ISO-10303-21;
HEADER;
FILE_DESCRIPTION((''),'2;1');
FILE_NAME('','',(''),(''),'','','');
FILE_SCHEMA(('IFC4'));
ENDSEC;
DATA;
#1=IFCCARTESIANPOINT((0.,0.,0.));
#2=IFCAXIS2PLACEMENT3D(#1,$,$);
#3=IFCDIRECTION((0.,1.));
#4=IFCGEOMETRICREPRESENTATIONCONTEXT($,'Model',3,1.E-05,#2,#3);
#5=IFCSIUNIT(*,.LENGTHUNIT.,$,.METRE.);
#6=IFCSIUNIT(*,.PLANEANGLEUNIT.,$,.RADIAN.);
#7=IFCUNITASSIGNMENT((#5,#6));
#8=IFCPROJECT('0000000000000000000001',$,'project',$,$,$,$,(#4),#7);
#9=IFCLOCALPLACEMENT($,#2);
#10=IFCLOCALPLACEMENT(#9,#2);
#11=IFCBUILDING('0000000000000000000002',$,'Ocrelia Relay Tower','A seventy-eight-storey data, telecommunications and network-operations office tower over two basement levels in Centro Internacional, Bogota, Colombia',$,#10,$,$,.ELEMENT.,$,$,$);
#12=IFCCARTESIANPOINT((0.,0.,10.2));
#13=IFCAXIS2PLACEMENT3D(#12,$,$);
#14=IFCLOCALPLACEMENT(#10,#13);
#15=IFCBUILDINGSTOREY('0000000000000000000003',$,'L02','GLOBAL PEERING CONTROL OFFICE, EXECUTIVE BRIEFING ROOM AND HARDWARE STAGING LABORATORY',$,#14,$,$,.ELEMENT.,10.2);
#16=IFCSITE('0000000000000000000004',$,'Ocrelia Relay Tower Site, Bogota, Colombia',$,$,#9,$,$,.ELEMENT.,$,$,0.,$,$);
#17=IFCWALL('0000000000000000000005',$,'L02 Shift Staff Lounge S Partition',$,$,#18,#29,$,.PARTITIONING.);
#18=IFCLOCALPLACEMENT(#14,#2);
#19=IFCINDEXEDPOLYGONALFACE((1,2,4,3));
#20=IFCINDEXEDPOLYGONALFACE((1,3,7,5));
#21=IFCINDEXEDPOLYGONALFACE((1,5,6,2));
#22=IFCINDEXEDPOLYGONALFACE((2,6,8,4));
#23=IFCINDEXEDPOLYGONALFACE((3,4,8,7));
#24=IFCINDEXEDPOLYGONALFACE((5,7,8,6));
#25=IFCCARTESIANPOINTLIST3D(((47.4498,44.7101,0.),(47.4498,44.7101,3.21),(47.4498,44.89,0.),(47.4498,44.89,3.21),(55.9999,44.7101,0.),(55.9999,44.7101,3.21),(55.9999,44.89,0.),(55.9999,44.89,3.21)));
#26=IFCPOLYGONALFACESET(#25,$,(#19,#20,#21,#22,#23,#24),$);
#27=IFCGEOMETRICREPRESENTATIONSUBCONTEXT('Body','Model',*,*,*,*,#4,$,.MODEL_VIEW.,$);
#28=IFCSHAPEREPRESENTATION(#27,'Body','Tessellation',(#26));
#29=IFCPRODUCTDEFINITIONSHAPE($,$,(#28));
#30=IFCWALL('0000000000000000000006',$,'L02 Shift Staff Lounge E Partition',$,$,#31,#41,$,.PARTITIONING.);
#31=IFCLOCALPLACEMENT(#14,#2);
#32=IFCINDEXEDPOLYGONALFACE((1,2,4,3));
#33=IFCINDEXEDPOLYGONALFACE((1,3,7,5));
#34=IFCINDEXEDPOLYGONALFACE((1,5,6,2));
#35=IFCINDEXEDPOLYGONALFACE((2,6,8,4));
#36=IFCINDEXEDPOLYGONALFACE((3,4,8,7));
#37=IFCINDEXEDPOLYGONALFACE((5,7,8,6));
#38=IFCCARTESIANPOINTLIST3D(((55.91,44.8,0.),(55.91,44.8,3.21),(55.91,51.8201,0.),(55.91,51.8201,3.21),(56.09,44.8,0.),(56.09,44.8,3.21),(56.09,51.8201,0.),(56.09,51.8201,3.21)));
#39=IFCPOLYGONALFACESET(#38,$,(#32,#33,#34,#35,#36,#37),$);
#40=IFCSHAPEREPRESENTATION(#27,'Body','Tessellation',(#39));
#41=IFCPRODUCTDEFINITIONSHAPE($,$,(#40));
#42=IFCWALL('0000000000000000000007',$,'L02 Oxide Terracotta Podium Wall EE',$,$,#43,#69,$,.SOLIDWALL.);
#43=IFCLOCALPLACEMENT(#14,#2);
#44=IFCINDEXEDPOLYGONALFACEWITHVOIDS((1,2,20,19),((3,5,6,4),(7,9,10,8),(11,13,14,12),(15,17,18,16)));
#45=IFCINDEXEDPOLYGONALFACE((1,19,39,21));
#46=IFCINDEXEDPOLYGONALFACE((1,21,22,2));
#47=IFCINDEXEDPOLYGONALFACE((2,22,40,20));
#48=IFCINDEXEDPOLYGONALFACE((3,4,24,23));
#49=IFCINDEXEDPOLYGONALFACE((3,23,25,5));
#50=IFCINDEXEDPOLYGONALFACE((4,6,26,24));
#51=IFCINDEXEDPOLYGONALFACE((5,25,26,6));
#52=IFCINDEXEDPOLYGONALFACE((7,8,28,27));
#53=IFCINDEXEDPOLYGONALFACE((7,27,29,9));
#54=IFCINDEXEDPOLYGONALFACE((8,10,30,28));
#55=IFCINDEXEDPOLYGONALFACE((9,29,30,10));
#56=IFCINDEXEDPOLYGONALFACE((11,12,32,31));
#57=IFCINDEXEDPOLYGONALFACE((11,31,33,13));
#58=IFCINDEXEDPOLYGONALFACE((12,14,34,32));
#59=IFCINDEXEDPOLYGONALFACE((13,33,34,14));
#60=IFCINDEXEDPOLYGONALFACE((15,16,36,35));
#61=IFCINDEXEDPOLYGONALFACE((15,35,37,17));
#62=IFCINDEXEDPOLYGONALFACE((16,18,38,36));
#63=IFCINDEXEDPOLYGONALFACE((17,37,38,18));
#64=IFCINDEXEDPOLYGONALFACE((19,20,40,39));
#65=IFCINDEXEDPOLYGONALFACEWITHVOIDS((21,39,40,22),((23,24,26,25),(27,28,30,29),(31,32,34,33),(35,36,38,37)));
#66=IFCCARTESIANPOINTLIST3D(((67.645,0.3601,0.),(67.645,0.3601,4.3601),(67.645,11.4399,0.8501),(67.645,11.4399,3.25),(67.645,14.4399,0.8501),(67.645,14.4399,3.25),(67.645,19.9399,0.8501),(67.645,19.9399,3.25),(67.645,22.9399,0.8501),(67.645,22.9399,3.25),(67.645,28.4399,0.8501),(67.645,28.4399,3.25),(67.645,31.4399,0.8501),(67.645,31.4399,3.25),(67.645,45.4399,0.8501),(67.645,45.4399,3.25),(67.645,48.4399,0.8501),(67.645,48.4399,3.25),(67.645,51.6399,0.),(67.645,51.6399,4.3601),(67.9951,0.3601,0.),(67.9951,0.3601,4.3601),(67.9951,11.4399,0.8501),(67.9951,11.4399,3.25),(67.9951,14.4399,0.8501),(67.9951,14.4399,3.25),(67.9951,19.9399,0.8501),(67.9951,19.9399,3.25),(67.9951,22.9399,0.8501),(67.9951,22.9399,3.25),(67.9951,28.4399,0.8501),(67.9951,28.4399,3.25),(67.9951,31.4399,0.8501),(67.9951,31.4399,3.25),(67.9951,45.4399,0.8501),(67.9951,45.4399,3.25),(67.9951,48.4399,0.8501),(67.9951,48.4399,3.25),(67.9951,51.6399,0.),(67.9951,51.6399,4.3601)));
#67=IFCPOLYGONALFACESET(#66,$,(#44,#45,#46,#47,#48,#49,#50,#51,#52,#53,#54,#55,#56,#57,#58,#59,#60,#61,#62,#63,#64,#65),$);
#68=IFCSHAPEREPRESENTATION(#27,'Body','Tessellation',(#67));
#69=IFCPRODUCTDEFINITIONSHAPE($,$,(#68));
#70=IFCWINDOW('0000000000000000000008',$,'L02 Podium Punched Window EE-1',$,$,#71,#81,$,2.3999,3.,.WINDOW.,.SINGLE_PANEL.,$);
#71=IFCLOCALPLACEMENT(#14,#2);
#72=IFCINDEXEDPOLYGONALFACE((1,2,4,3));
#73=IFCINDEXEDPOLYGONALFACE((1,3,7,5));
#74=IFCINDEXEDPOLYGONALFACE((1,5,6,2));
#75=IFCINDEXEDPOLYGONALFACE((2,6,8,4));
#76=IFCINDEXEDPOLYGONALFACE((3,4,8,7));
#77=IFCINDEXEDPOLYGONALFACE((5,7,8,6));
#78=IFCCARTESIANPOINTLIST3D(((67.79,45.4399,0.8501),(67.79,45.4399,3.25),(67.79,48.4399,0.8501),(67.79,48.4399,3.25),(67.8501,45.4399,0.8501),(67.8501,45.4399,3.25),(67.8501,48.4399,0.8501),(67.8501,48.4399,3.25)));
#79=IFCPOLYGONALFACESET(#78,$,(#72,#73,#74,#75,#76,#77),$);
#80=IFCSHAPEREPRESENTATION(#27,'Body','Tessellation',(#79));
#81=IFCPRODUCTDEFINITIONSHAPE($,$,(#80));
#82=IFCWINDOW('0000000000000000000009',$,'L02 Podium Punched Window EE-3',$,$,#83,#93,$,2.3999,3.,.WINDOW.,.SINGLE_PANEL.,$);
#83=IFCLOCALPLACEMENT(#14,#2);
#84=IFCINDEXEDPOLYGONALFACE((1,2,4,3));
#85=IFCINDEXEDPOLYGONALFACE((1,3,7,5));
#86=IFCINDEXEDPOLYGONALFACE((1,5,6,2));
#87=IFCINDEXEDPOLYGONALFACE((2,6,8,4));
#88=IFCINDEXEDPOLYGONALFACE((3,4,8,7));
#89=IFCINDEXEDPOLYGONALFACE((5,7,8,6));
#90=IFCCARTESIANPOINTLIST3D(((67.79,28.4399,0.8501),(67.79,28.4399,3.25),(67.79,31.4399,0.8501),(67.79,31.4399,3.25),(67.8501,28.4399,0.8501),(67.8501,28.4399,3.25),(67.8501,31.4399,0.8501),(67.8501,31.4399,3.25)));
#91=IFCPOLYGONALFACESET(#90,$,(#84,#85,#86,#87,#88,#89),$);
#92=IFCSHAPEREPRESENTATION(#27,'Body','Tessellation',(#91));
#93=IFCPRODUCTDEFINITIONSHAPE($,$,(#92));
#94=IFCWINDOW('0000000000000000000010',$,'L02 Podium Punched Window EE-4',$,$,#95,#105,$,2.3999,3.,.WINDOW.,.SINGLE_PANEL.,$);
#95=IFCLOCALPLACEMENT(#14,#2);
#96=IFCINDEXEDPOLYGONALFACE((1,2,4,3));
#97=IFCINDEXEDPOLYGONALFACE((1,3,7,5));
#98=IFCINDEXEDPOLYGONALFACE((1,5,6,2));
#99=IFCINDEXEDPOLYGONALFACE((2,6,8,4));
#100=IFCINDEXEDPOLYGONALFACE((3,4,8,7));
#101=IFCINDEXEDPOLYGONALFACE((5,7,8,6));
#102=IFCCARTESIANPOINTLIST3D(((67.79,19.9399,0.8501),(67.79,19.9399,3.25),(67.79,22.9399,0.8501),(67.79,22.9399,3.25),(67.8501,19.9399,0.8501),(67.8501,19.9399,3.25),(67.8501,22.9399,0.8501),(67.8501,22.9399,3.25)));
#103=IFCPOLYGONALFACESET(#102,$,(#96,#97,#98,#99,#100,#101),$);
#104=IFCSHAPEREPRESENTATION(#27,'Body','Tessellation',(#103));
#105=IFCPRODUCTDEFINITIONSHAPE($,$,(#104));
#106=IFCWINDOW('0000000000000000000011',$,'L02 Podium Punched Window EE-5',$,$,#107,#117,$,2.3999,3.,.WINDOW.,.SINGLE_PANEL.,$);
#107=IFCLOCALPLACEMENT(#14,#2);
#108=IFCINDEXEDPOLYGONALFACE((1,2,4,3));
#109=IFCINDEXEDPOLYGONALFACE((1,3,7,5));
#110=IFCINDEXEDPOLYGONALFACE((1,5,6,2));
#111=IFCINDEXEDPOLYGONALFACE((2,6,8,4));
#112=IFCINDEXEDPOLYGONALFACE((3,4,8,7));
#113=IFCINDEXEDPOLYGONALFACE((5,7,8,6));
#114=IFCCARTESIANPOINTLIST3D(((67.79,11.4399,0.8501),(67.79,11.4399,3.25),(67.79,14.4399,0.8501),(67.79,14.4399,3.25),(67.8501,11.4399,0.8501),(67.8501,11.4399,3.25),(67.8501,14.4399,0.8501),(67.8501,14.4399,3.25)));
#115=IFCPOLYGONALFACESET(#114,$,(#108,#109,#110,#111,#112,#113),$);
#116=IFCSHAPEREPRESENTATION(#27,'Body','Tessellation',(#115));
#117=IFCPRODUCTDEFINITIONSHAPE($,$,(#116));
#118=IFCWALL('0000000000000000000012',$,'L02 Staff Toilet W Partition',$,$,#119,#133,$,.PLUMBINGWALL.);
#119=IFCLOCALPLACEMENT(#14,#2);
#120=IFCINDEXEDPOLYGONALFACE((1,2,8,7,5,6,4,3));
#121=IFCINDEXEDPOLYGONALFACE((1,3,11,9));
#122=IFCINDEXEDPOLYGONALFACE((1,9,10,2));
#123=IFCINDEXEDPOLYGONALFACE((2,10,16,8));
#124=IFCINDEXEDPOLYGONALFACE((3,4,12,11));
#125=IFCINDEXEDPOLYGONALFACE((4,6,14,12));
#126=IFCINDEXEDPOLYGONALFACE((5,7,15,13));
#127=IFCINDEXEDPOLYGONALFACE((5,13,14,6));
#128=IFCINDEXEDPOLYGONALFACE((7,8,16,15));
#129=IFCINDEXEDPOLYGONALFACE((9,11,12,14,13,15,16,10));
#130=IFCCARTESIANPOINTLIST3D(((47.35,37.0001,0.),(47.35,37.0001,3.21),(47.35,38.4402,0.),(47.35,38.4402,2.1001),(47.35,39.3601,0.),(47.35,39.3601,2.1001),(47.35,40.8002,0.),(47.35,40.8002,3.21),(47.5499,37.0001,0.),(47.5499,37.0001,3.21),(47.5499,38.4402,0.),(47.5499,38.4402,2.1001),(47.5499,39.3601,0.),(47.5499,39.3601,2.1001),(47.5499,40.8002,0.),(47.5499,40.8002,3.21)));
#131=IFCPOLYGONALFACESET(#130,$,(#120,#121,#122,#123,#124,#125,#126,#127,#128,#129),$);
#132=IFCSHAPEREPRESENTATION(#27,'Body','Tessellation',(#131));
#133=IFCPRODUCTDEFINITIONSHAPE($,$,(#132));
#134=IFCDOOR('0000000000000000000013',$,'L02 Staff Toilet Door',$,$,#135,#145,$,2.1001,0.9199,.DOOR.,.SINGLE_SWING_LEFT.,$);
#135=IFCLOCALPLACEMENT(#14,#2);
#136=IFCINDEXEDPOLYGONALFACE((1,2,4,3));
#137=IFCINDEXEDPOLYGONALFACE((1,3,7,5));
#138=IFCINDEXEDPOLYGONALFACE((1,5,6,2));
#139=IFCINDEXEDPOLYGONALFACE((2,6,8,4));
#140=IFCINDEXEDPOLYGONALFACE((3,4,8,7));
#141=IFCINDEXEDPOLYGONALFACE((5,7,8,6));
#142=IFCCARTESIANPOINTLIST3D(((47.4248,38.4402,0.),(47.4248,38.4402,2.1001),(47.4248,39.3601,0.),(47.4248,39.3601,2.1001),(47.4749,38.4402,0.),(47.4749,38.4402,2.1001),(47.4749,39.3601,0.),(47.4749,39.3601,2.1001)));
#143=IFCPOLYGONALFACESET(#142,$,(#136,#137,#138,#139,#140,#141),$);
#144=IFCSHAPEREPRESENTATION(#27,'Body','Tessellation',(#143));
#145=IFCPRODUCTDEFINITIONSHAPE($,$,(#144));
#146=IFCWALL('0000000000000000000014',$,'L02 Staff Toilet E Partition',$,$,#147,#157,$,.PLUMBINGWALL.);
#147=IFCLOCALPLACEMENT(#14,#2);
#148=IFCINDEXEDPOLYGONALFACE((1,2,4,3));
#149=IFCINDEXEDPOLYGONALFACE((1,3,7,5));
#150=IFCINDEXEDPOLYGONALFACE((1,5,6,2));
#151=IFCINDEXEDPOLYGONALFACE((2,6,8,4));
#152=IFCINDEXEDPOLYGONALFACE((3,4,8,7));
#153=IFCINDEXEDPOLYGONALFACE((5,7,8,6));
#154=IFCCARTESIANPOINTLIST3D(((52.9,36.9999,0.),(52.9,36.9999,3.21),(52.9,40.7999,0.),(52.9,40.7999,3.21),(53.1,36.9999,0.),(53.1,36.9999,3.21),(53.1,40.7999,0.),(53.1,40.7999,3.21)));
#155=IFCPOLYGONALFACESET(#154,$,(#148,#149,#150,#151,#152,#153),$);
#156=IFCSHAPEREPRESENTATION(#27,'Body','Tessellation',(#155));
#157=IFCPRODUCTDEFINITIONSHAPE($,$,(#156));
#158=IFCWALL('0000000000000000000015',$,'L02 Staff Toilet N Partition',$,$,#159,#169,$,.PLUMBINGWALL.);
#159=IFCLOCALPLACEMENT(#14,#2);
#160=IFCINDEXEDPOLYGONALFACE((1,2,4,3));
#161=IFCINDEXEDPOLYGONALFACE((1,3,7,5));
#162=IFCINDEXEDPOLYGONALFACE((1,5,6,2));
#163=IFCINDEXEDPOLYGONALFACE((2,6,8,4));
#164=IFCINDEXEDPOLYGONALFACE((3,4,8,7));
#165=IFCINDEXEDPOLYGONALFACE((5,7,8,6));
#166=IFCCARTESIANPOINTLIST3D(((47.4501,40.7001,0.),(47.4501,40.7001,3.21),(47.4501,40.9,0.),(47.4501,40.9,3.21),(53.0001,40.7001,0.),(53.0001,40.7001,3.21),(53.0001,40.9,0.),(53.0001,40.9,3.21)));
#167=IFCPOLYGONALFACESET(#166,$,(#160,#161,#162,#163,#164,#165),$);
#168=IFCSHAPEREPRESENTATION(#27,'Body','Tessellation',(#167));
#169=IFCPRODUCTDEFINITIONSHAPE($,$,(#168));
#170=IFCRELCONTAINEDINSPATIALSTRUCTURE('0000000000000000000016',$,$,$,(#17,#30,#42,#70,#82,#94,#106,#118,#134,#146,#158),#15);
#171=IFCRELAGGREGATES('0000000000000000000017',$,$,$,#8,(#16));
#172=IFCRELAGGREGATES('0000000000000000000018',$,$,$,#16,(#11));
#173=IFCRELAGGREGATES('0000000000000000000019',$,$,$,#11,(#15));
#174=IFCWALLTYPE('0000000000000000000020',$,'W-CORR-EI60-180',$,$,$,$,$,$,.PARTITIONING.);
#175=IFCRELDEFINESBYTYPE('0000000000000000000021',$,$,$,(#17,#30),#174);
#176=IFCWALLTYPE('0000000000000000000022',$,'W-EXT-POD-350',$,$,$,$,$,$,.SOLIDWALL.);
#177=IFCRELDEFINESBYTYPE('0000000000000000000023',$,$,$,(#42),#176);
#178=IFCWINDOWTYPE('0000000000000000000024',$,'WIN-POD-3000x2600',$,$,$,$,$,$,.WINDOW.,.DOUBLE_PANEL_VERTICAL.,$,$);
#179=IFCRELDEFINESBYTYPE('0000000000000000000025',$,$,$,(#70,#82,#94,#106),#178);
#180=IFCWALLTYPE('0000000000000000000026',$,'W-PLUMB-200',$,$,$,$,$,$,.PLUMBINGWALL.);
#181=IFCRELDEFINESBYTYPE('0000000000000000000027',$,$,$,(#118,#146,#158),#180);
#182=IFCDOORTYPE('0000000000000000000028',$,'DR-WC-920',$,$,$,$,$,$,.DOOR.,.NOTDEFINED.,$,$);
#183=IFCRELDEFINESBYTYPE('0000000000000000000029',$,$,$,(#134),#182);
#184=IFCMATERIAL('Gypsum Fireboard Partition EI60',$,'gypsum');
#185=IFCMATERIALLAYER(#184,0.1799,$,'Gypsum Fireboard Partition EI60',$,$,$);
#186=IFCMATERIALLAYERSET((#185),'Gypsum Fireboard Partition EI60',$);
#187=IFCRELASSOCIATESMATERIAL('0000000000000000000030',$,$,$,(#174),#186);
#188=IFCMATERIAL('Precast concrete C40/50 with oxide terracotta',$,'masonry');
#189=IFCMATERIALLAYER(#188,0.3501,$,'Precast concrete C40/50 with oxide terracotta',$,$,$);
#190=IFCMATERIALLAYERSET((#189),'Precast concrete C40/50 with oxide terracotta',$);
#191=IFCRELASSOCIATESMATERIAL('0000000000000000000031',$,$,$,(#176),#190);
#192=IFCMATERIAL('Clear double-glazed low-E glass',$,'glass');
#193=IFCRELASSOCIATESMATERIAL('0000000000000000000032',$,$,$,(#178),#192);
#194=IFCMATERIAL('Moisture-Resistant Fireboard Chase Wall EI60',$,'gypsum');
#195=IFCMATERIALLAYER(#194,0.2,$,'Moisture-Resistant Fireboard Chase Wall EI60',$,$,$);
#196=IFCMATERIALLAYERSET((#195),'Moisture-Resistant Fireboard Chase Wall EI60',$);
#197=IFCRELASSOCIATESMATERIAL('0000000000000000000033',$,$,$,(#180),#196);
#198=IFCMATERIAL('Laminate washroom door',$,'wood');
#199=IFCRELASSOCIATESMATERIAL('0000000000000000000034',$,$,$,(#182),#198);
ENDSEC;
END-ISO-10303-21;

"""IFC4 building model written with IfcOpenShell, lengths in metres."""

from ifc_helpers import new_model, si_unit, direction, frame, frame_2d, origin, place, context, subcontext, project, spatial, rectangle, extrude, material, layer, layer_set, type_object, element, fill, save


model = new_model("IFC4")

# Units and contexts
model_context = context("Model", 3, precision=1e-05, world=origin(), true_north=direction((0.0, 1.0)))
body_context = subcontext(model_context, "Body", "Model", "MODEL_VIEW")
ifc_project = project(units=[si_unit("LENGTHUNIT", "METRE"), si_unit("PLANEANGLEUNIT", "RADIAN")], contexts=[model_context])

# Site, building, storey
site_placement = place(None, origin())
site = spatial("IfcSite", under=ifc_project, at=site_placement, Name="Ocrelia Relay Tower Site, Bogota, Colombia", CompositionType="ELEMENT", RefElevation=0.0)
building_placement = place(site_placement, origin())
building = spatial("IfcBuilding", under=site, at=building_placement, Name="Ocrelia Relay Tower", Description="A seventy-eight-storey data, telecommunications and network-operations office tower over two basement levels in Centro Internacional, Bogota, Colombia", CompositionType="ELEMENT")
storey_placement = place(building_placement, frame((0.0, 0.0, 10.2)))
storey = spatial("IfcBuildingStorey", under=building, at=storey_placement, Name="L02", Description="GLOBAL PEERING CONTROL OFFICE, EXECUTIVE BRIEFING ROOM AND HARDWARE STAGING LABORATORY", CompositionType="ELEMENT", Elevation=10.2)

# Shared definitions
ifc_material_1 = material(Name="Gypsum Fireboard Partition EI60", Category="gypsum")
ifc_layer_1 = layer(ifc_material_1, 0.1799, Name="Gypsum Fireboard Partition EI60")
ifc_layer_set_1 = layer_set([ifc_layer_1], Name="Gypsum Fireboard Partition EI60")
wall_type_1 = type_object("IfcWallType", Name="W-CORR-EI60-180", PredefinedType="PARTITIONING", material=ifc_layer_set_1)

# Walls
wall_1_placement = place(storey_placement, frame((47.45, 44.8, 0.0), z_axis=(0.0, 0.0, 1.0), x_axis=(1.0, 0.0, 0.0)))
element("IfcWall", 1, at=wall_1_placement, inside=storey, type_object=wall_type_1, Name="L02 Shift Staff Lounge S Partition", PredefinedType="PARTITIONING", context=body_context, shape_type="SweptSolid", body=[
    extrude(rectangle(XDim=8.55, YDim=0.1799, at=frame_2d((4.2749, 0.0))), origin(), (0.0, 0.0, 1.0), 3.21),
])
wall_2_placement = place(storey_placement, frame((56.0, 44.8, 0.0), z_axis=(0.0, 0.0, 1.0), x_axis=(0.0, 1.0, 0.0)))
element("IfcWall", 2, at=wall_2_placement, inside=storey, type_object=wall_type_1, Name="L02 Shift Staff Lounge E Partition", PredefinedType="PARTITIONING", context=body_context, shape_type="SweptSolid", body=[
    extrude(rectangle(XDim=7.02, YDim=0.1799, at=frame_2d((3.51, 0.0))), origin(), (0.0, 0.0, 1.0), 3.21),
])

# Wall, openings, windows
ifc_material_2 = material(Name="Precast concrete C40/50 with oxide terracotta", Category="masonry")
ifc_layer_2 = layer(ifc_material_2, 0.3501, Name="Precast concrete C40/50 with oxide terracotta")
ifc_layer_set_2 = layer_set([ifc_layer_2], Name="Precast concrete C40/50 with oxide terracotta")
wall_type_2 = type_object("IfcWallType", Name="W-EXT-POD-350", PredefinedType="SOLIDWALL", material=ifc_layer_set_2)
wall_3_placement = place(storey_placement, frame((67.8201, 51.6399, 0.0), z_axis=(0.0, 0.0, 1.0), x_axis=(0.0, -1.0, 0.0)))
wall_3 = element("IfcWall", 3, at=wall_3_placement, inside=storey, type_object=wall_type_2, Name="L02 Oxide Terracotta Podium Wall EE", PredefinedType="SOLIDWALL", context=body_context, shape_type="SweptSolid", body=[
    extrude(rectangle(XDim=51.2798, YDim=0.3501, at=frame_2d((25.6399, 0.0))), origin(), (0.0, 0.0, 1.0), 4.3601),
])
opening_1_placement = place(wall_3_placement, frame((3.2, 0.0, 0.8501)))
opening_1 = element("IfcOpeningElement", 4, at=opening_1_placement, cuts=wall_3, PredefinedType="OPENING", context=body_context, shape_type="SweptSolid", body=[
    extrude(rectangle(XDim=3.0, YDim=2.3999, at=frame_2d((1.5, 1.2))), frame((0.0, 0.1851, 0.0), z_axis=(0.0, -1.0, 0.0), x_axis=(1.0, 0.0, 0.0)), (0.0, 0.0, 1.0), 0.3701),
])
opening_2_placement = place(wall_3_placement, frame((20.2, 0.0, 0.8501)))
opening_2 = element("IfcOpeningElement", 5, at=opening_2_placement, cuts=wall_3, PredefinedType="OPENING", context=body_context, shape_type="SweptSolid", body=[
    extrude(rectangle(XDim=3.0, YDim=2.3999, at=frame_2d((1.5, 1.2))), frame((0.0, 0.1851, 0.0), z_axis=(0.0, -1.0, 0.0), x_axis=(1.0, 0.0, 0.0)), (0.0, 0.0, 1.0), 0.3701),
])
opening_3_placement = place(wall_3_placement, frame((28.7, 0.0, 0.8501)))
opening_3 = element("IfcOpeningElement", 6, at=opening_3_placement, cuts=wall_3, PredefinedType="OPENING", context=body_context, shape_type="SweptSolid", body=[
    extrude(rectangle(XDim=3.0, YDim=2.3999, at=frame_2d((1.5, 1.2))), frame((0.0, 0.1851, 0.0), z_axis=(0.0, -1.0, 0.0), x_axis=(1.0, 0.0, 0.0)), (0.0, 0.0, 1.0), 0.3701),
])
opening_4_placement = place(wall_3_placement, frame((37.2, 0.0, 0.8501)))
opening_4 = element("IfcOpeningElement", 7, at=opening_4_placement, cuts=wall_3, PredefinedType="OPENING", context=body_context, shape_type="SweptSolid", body=[
    extrude(rectangle(XDim=3.0, YDim=2.3999, at=frame_2d((1.5, 1.2))), frame((0.0, 0.1851, 0.0), z_axis=(0.0, -1.0, 0.0), x_axis=(1.0, 0.0, 0.0)), (0.0, 0.0, 1.0), 0.3701),
])
ifc_material_3 = material(Name="Clear double-glazed low-E glass", Category="glass")
window_type = type_object("IfcWindowType", Name="WIN-POD-3000x2600", PartitioningType="DOUBLE_PANEL_VERTICAL", PredefinedType="WINDOW", material=ifc_material_3)
window_1_placement = place(opening_1_placement, origin())
window_1 = element("IfcWindow", 8, at=window_1_placement, inside=storey, type_object=window_type, Name="L02 Podium Punched Window EE-1", OverallHeight=2.3999, OverallWidth=3.0, PartitioningType="SINGLE_PANEL", PredefinedType="WINDOW", context=body_context, shape_type="SweptSolid", body=[
    extrude(rectangle(XDim=3.0, YDim=2.3999, at=frame_2d((1.5, 1.2))), frame((0.0, 0.03, 0.0), z_axis=(0.0, -1.0, 0.0), x_axis=(1.0, 0.0, 0.0)), (0.0, 0.0, 1.0), 0.0601),
])
fill(opening_1, window_1)
window_2_placement = place(opening_2_placement, origin())
window_2 = element("IfcWindow", 9, at=window_2_placement, inside=storey, type_object=window_type, Name="L02 Podium Punched Window EE-3", OverallHeight=2.3999, OverallWidth=3.0, PartitioningType="SINGLE_PANEL", PredefinedType="WINDOW", context=body_context, shape_type="SweptSolid", body=[
    extrude(rectangle(XDim=3.0, YDim=2.3999, at=frame_2d((1.5, 1.2))), frame((0.0, 0.03, 0.0), z_axis=(0.0, -1.0, 0.0), x_axis=(1.0, 0.0, 0.0)), (0.0, 0.0, 1.0), 0.0601),
])
fill(opening_2, window_2)
window_3_placement = place(opening_3_placement, origin())
window_3 = element("IfcWindow", 10, at=window_3_placement, inside=storey, type_object=window_type, Name="L02 Podium Punched Window EE-4", OverallHeight=2.3999, OverallWidth=3.0, PartitioningType="SINGLE_PANEL", PredefinedType="WINDOW", context=body_context, shape_type="SweptSolid", body=[
    extrude(rectangle(XDim=3.0, YDim=2.3999, at=frame_2d((1.5, 1.2))), frame((0.0, 0.03, 0.0), z_axis=(0.0, -1.0, 0.0), x_axis=(1.0, 0.0, 0.0)), (0.0, 0.0, 1.0), 0.0601),
])
fill(opening_3, window_3)
window_4_placement = place(opening_4_placement, origin())
window_4 = element("IfcWindow", 11, at=window_4_placement, inside=storey, type_object=window_type, Name="L02 Podium Punched Window EE-5", OverallHeight=2.3999, OverallWidth=3.0, PartitioningType="SINGLE_PANEL", PredefinedType="WINDOW", context=body_context, shape_type="SweptSolid", body=[
    extrude(rectangle(XDim=3.0, YDim=2.3999, at=frame_2d((1.5, 1.2))), frame((0.0, 0.03, 0.0), z_axis=(0.0, -1.0, 0.0), x_axis=(1.0, 0.0, 0.0)), (0.0, 0.0, 1.0), 0.0601),
])
fill(opening_4, window_4)

# Wall, opening, door
ifc_material_4 = material(Name="Moisture-Resistant Fireboard Chase Wall EI60", Category="gypsum")
ifc_layer_3 = layer(ifc_material_4, 0.2, Name="Moisture-Resistant Fireboard Chase Wall EI60")
ifc_layer_set_3 = layer_set([ifc_layer_3], Name="Moisture-Resistant Fireboard Chase Wall EI60")
wall_type_3 = type_object("IfcWallType", Name="W-PLUMB-200", PredefinedType="PLUMBINGWALL", material=ifc_layer_set_3)
wall_4_placement = place(storey_placement, frame((47.45, 40.8, 0.0), z_axis=(0.0, 0.0, 1.0), x_axis=(0.0, -1.0, 0.0)))
wall_4 = element("IfcWall", 12, at=wall_4_placement, inside=storey, type_object=wall_type_3, Name="L02 Staff Toilet W Partition", PredefinedType="PLUMBINGWALL", context=body_context, shape_type="SweptSolid", body=[
    extrude(rectangle(XDim=3.8, YDim=0.2, at=frame_2d((1.8999, 0.0))), origin(), (0.0, 0.0, 1.0), 3.21),
])
opening_5_placement = place(wall_4_placement, frame((1.4399, 0.0, 0.0)))
opening_5 = element("IfcOpeningElement", 13, at=opening_5_placement, cuts=wall_4, PredefinedType="OPENING", context=body_context, shape_type="SweptSolid", body=[
    extrude(rectangle(XDim=0.9199, YDim=2.1001, at=frame_2d((0.46, 1.05))), frame((0.0, 0.1099, 0.0), z_axis=(0.0, -1.0, 0.0), x_axis=(1.0, 0.0, 0.0)), (0.0, 0.0, 1.0), 0.22),
])
ifc_material_5 = material(Name="Laminate washroom door", Category="wood")
door_type_1 = type_object("IfcDoorType", Name="DR-WC-920", OperationType="NOTDEFINED", PredefinedType="DOOR", material=ifc_material_5)
door_1_placement = place(opening_5_placement, origin())
door_1 = element("IfcDoor", 14, at=door_1_placement, inside=storey, type_object=door_type_1, Name="L02 Staff Toilet Door", OperationType="SINGLE_SWING_LEFT", OverallHeight=2.1001, OverallWidth=0.9199, PredefinedType="DOOR", context=body_context, shape_type="SweptSolid", body=[
    extrude(rectangle(XDim=0.9199, YDim=2.1001, at=frame_2d((0.46, 1.05))), frame((0.0, 0.0249, 0.0), z_axis=(0.0, -1.0, 0.0), x_axis=(1.0, 0.0, 0.0)), (0.0, 0.0, 1.0), 0.05),
])
fill(opening_5, door_1)

# Walls
wall_5_placement = place(storey_placement, frame((53.0, 37.0, 0.0), z_axis=(0.0, 0.0, 1.0), x_axis=(0.0, 1.0, 0.0)))
element("IfcWall", 15, at=wall_5_placement, inside=storey, type_object=wall_type_3, Name="L02 Staff Toilet E Partition", PredefinedType="PLUMBINGWALL", context=body_context, shape_type="SweptSolid", body=[
    extrude(rectangle(XDim=3.8, YDim=0.2, at=frame_2d((1.8999, 0.0))), origin(), (0.0, 0.0, 1.0), 3.21),
])
wall_6_placement = place(storey_placement, frame((53.0, 40.8, 0.0), z_axis=(0.0, 0.0, 1.0), x_axis=(-1.0, 0.0, 0.0)))
element("IfcWall", 16, at=wall_6_placement, inside=storey, type_object=wall_type_3, Name="L02 Staff Toilet N Partition", PredefinedType="PLUMBINGWALL", context=body_context, shape_type="SweptSolid", body=[
    extrude(rectangle(XDim=5.55, YDim=0.2, at=frame_2d((2.7749, 0.0))), origin(), (0.0, 0.0, 1.0), 3.21),
])

save(model, "model.ifc")
